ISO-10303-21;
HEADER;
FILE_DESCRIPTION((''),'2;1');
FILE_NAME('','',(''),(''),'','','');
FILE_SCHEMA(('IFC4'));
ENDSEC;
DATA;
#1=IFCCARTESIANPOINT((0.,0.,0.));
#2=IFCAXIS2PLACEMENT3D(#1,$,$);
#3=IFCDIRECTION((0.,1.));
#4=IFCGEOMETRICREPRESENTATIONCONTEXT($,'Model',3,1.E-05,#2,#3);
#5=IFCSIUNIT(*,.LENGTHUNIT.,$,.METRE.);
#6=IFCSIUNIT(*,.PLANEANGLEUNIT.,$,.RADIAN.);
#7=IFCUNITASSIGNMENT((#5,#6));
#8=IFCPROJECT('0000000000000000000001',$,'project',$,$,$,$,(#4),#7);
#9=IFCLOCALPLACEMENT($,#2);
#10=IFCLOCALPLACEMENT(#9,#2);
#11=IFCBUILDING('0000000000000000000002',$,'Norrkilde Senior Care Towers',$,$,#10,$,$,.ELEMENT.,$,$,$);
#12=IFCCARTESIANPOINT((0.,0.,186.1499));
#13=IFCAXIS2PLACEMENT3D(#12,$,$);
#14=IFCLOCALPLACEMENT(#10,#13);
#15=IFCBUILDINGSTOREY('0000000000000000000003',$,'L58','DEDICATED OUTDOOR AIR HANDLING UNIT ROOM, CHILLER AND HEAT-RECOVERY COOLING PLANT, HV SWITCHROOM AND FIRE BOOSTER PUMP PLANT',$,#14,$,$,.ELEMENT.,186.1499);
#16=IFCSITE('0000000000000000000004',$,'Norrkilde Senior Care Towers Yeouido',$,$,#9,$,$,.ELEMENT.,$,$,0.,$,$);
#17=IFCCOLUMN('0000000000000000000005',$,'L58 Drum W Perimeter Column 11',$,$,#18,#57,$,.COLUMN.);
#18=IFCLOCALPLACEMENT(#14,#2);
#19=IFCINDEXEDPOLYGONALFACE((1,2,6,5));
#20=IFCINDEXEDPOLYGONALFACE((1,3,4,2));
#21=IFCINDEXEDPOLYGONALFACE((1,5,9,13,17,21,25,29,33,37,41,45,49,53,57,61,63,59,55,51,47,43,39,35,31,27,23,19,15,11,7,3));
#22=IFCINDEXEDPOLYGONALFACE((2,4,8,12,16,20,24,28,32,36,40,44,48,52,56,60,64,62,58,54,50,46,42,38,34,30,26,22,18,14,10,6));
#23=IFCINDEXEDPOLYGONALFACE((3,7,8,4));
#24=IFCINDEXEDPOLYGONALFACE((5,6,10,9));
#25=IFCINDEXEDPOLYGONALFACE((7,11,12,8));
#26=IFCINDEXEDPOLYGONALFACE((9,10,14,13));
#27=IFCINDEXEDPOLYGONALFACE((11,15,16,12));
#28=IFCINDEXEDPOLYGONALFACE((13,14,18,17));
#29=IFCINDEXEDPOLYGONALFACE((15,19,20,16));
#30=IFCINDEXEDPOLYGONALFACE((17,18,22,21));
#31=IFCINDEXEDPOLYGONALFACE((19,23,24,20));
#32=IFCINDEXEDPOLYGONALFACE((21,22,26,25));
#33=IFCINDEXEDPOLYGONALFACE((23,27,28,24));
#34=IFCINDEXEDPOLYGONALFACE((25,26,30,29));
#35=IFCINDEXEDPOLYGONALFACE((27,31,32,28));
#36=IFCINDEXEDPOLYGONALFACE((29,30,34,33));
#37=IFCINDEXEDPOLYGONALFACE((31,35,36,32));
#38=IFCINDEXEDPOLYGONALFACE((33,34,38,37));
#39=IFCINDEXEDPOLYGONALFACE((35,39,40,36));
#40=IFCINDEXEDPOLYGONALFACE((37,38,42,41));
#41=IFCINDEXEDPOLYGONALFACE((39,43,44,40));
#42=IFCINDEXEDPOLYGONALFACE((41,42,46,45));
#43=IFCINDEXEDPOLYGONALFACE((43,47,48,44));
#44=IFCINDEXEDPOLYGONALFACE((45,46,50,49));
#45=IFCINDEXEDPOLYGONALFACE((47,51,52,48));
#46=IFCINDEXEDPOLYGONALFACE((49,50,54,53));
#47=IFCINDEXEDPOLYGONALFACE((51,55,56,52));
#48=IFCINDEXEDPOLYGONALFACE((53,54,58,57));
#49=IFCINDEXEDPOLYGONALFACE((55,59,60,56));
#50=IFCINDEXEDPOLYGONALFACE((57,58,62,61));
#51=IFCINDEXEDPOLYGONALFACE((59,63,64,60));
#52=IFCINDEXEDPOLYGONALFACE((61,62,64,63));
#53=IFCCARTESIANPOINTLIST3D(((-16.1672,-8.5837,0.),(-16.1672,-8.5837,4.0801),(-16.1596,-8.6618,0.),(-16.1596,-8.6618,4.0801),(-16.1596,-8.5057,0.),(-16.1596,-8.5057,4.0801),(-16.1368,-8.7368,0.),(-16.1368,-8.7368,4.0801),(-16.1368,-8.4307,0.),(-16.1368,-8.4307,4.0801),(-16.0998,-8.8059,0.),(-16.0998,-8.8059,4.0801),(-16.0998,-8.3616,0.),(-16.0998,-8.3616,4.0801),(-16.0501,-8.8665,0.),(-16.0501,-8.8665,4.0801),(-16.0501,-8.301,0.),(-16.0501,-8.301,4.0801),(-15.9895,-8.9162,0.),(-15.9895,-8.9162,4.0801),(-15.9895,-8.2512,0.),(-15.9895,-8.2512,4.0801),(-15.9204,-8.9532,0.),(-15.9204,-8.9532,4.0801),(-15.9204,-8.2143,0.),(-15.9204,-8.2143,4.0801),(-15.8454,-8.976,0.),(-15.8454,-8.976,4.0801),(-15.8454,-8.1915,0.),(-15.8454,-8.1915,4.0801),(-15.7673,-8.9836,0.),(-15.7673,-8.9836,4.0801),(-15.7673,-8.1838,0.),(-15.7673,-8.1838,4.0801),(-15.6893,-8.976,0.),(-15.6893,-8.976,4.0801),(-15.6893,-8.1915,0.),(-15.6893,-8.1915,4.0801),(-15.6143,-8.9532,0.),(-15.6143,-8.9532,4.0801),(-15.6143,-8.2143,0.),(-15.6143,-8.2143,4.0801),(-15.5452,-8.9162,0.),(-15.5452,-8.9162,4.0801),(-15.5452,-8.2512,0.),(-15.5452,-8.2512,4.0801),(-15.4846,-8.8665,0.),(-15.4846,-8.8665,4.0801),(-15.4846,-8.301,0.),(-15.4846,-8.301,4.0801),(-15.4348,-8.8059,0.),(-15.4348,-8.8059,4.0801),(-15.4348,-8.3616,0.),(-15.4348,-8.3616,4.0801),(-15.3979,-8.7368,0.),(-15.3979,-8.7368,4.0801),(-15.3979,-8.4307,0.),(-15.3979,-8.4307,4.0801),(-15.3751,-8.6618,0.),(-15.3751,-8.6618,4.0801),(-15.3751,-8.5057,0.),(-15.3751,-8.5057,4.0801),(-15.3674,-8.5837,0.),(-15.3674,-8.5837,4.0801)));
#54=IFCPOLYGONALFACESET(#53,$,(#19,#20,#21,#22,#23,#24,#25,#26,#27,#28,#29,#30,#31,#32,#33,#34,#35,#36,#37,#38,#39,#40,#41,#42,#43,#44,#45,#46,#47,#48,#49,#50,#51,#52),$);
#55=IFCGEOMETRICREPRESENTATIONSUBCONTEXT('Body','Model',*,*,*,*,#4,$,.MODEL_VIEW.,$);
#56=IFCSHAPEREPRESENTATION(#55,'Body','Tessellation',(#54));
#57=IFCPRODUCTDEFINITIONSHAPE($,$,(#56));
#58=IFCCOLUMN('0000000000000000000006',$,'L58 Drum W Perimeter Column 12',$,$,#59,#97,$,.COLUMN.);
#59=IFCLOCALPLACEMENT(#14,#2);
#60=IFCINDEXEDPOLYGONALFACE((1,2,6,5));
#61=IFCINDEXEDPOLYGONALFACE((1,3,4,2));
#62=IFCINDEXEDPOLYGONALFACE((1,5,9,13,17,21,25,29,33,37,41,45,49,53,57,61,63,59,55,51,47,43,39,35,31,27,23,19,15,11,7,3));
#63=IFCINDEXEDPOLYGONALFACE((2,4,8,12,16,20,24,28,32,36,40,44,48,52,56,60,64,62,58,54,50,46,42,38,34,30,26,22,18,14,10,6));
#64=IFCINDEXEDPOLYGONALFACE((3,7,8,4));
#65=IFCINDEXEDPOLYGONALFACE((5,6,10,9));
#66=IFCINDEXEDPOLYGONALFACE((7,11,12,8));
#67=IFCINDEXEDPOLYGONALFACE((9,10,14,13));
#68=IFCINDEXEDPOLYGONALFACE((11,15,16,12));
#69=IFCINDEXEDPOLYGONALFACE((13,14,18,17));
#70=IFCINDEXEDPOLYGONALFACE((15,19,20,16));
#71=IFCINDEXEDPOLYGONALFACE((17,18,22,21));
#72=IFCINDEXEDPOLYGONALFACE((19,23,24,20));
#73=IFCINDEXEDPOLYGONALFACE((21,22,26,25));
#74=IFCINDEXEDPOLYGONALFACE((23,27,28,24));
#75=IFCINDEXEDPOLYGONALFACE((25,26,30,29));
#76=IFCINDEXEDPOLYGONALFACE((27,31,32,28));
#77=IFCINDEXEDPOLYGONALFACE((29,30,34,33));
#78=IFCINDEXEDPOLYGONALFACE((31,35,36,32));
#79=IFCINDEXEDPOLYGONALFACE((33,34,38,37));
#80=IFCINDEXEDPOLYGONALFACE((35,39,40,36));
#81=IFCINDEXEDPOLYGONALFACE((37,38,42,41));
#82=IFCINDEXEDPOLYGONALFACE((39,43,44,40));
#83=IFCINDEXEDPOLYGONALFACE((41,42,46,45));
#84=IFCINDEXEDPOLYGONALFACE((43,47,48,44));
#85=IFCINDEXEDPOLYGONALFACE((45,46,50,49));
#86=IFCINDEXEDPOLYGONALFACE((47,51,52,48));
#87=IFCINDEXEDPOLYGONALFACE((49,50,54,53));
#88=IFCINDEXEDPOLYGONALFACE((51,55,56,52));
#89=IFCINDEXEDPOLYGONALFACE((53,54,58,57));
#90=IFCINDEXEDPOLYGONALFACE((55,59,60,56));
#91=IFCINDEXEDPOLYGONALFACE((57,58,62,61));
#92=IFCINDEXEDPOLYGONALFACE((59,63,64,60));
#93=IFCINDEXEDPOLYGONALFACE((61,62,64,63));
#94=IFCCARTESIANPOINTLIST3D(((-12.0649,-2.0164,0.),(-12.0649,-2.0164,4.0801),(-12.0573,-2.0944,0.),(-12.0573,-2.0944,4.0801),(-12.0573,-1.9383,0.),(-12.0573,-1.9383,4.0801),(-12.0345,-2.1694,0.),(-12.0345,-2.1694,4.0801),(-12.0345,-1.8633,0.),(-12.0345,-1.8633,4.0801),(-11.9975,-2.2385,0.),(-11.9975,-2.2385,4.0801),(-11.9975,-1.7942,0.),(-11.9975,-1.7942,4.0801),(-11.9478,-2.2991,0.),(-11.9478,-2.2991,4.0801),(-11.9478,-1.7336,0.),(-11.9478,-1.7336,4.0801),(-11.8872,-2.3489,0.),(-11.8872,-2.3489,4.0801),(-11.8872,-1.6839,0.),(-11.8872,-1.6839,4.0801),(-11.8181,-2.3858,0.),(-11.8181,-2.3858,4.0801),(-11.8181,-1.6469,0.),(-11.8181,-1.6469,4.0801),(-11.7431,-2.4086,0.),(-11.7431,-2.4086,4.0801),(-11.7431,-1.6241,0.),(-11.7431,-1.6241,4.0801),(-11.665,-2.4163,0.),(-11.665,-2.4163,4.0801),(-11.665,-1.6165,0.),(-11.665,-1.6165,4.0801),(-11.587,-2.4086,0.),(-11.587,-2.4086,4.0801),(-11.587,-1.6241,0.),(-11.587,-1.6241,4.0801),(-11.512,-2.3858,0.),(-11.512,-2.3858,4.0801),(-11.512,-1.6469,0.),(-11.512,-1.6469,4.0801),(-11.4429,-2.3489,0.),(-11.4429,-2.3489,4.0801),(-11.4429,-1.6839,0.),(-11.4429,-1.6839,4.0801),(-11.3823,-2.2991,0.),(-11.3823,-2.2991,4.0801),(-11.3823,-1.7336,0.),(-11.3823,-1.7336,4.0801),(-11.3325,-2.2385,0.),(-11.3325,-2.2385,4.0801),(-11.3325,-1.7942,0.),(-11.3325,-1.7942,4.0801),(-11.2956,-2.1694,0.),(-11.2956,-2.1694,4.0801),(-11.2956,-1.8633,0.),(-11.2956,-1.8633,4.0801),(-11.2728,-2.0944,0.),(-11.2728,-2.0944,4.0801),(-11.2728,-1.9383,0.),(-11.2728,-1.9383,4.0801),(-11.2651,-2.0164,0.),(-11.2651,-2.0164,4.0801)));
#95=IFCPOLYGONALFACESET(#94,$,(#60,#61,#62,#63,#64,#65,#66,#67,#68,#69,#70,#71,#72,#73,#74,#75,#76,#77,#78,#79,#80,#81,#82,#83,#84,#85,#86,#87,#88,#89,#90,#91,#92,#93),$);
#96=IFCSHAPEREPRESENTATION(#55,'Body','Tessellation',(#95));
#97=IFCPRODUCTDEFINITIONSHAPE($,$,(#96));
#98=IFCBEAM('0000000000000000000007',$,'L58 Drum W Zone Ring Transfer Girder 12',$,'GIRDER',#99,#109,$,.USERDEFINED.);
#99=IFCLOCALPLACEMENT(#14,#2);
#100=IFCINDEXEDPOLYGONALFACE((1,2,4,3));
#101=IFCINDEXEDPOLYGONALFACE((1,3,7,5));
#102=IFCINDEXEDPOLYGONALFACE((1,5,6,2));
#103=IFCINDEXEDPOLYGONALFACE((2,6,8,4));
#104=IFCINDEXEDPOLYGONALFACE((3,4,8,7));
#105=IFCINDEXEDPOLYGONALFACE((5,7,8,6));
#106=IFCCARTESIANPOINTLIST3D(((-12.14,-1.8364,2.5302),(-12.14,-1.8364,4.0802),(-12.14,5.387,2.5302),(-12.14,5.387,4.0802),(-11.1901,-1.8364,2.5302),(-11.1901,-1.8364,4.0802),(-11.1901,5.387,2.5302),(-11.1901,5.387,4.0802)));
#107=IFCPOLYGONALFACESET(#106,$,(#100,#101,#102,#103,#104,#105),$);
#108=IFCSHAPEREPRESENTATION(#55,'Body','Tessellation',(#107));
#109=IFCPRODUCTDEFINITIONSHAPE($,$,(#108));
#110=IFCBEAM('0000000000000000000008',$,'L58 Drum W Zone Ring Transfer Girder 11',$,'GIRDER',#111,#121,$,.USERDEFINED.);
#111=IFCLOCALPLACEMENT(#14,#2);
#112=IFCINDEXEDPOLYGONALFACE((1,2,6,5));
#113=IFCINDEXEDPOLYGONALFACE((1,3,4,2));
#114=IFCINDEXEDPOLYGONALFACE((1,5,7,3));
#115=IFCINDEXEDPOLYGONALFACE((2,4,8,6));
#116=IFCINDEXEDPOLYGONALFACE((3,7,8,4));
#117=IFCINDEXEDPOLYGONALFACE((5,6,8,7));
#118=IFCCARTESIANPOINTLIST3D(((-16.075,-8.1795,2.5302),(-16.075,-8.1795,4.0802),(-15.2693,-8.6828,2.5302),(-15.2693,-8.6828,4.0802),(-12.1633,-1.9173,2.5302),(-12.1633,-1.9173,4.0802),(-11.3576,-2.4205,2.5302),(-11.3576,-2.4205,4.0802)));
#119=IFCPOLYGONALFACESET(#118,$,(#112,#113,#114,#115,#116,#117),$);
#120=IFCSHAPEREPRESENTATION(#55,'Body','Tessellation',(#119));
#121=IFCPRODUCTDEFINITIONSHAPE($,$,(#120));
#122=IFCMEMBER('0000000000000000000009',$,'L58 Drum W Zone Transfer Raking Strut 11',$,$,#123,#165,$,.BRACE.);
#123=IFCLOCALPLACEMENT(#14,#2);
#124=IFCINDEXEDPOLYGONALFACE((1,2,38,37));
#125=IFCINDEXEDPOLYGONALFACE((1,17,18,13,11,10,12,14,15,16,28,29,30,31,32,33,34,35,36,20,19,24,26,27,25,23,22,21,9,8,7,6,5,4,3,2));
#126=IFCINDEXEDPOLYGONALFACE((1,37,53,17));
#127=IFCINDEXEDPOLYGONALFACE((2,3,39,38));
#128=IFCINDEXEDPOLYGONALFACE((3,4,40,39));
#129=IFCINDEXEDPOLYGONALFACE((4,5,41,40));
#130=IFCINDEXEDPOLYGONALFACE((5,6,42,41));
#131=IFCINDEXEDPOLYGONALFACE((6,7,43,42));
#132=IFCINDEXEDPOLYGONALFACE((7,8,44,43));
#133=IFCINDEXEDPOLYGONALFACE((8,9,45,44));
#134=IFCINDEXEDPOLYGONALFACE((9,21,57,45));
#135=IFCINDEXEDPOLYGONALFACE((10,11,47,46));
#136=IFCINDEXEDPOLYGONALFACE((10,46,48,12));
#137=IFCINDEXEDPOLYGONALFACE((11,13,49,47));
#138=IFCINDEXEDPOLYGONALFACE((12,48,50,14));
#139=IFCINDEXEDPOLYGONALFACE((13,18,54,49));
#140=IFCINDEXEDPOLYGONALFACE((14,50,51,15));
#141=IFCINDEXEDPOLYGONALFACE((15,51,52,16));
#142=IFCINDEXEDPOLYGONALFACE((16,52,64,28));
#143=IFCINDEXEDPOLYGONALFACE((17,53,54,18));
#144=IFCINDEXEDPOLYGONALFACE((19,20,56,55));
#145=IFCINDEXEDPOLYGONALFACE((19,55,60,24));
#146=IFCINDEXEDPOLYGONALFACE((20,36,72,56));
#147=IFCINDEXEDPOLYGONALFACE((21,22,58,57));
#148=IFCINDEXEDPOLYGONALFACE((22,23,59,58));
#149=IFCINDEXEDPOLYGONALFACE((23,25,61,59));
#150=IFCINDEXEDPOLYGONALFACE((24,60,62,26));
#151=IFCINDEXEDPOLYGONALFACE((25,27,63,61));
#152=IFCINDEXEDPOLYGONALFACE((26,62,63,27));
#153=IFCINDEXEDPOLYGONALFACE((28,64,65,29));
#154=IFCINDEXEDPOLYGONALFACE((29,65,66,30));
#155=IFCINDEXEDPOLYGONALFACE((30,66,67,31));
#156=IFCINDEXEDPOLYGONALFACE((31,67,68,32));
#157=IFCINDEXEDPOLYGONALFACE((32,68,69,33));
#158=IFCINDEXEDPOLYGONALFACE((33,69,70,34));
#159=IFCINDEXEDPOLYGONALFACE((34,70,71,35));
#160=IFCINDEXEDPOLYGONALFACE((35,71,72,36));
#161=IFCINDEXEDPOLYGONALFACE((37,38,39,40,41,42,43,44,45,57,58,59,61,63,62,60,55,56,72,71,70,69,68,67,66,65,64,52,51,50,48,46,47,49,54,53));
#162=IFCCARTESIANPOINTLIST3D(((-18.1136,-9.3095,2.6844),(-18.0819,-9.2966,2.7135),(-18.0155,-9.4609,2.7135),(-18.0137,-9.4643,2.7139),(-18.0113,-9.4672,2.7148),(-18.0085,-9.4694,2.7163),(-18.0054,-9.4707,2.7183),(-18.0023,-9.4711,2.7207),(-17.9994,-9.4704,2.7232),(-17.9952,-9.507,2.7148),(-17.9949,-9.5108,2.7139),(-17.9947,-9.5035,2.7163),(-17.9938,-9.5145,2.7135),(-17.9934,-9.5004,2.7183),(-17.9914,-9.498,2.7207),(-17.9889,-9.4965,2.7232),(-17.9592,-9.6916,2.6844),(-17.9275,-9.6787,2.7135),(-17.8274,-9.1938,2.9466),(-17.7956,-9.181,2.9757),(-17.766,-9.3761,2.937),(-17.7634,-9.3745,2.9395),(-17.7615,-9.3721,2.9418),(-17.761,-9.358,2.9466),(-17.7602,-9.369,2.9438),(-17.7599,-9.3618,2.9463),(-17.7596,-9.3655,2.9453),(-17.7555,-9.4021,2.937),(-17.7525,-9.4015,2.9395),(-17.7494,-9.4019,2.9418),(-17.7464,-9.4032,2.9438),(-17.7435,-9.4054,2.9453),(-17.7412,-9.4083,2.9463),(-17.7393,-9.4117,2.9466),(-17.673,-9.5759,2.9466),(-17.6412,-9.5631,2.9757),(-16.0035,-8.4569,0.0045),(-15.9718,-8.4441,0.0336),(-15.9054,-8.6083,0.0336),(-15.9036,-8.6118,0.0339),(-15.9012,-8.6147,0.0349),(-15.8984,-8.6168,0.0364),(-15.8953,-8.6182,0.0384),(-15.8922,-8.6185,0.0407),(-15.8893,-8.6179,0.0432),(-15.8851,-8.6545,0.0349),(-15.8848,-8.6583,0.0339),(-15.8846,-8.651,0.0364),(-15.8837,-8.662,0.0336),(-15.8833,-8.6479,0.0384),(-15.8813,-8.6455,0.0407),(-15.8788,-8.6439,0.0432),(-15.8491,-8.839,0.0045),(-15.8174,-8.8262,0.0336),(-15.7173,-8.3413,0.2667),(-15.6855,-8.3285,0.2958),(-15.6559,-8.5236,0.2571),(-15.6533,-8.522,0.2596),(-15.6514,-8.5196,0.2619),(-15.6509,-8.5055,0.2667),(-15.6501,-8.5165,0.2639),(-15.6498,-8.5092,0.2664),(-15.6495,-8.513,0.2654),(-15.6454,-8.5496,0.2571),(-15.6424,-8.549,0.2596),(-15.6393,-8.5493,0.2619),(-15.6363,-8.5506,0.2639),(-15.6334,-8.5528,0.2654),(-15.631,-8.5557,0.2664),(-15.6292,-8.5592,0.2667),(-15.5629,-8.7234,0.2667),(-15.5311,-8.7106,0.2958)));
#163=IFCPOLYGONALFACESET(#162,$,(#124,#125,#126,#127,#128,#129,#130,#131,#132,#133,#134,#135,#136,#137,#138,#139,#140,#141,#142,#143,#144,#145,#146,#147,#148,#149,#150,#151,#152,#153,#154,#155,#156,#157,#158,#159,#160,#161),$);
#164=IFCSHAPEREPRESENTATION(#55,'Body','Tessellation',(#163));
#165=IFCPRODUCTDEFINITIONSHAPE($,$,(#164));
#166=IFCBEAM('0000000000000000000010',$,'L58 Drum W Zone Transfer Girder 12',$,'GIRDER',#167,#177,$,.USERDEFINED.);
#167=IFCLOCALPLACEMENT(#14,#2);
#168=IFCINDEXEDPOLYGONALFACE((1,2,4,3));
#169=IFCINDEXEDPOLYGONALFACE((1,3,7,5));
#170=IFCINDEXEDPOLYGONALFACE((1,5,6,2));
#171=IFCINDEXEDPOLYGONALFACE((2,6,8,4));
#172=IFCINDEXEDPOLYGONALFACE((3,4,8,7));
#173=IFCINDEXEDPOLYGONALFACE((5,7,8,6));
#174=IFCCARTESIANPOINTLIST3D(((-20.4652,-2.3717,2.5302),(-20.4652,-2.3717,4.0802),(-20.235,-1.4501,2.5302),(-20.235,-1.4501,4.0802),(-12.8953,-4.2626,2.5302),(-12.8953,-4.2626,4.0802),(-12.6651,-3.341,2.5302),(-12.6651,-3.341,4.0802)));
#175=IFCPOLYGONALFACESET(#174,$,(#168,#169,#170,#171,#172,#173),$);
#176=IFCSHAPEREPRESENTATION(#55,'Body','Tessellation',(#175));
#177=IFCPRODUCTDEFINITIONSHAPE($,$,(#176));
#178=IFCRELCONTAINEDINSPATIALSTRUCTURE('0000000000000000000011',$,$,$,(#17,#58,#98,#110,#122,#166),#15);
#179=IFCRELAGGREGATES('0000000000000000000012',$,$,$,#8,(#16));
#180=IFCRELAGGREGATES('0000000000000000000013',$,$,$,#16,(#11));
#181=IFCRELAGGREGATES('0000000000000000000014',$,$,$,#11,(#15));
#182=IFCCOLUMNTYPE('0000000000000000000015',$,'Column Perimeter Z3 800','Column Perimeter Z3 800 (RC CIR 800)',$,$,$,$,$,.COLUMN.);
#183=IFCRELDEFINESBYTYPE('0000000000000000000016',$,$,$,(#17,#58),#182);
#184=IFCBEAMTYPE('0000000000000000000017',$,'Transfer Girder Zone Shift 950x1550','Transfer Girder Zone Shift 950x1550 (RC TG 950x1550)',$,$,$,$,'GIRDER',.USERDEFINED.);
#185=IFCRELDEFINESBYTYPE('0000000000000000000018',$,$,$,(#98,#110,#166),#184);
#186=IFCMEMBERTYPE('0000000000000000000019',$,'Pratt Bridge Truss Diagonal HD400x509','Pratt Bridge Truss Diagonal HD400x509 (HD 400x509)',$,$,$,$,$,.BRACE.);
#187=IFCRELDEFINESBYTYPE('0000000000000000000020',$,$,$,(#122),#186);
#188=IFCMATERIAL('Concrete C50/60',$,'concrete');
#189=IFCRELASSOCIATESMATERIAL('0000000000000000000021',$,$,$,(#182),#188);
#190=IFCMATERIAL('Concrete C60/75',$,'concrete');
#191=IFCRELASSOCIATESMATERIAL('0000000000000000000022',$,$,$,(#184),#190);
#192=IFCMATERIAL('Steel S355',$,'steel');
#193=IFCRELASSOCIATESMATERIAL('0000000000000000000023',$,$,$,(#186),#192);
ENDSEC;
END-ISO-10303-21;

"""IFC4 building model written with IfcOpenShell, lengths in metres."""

from ifc_helpers import new_model, si_unit, direction, frame, origin, origin_2d, place, context, subcontext, project, spatial, rectangle, circle, i_section, extrude, source, transform, mapped, material, material_profile, profile_set, type_object, type_shapes, element, save


model = new_model("IFC4")

# Units and contexts
model_context = context("Model", 3, precision=1e-05, world=origin(), true_north=direction((0.0, 1.0)))
body_context = subcontext(model_context, "Body", "Model", "MODEL_VIEW")
ifc_project = project(units=[si_unit("LENGTHUNIT", "METRE"), si_unit("PLANEANGLEUNIT", "RADIAN")], contexts=[model_context])

# Site, building, storey
site_placement = place(None, origin())
site = spatial("IfcSite", under=ifc_project, at=site_placement, Name="Norrkilde Senior Care Towers Yeouido", CompositionType="ELEMENT", RefElevation=0.0)
building_placement = place(site_placement, origin())
building = spatial("IfcBuilding", under=site, at=building_placement, Name="Norrkilde Senior Care Towers", CompositionType="ELEMENT")
storey_placement = place(building_placement, frame((0.0, 0.0, 186.1499)))
storey = spatial("IfcBuildingStorey", under=building, at=storey_placement, Name="L58", Description="DEDICATED OUTDOOR AIR HANDLING UNIT ROOM, CHILLER AND HEAT-RECOVERY COOLING PLANT, HV SWITCHROOM AND FIRE BOOSTER PUMP PLANT", CompositionType="ELEMENT", Elevation=186.1499)

# Columns
ifc_material_1 = material(Name="Concrete C50/60", Category="concrete")
ifc_material_profile_1 = material_profile(ifc_material_1, circle(Radius=0.3999, at=origin_2d()), Name="RC CIR 800")
ifc_profile_set_1 = profile_set([ifc_material_profile_1], Name="Concrete C50/60")
column_type = type_object("IfcColumnType", Name="Column Perimeter Z3 800", Description="Column Perimeter Z3 800 (RC CIR 800)", PredefinedType="COLUMN", material=ifc_profile_set_1)
shared_shape_1 = source(origin(), body_context, "Body", "SweptSolid", [
    extrude(circle(Radius=0.3999, at=origin_2d()), origin(), (0.0, 0.0, 1.0), 4.0801),
])
type_shapes(column_type, [shared_shape_1])
for number, where, z_axis, x_axis, name in (
    (1, (-15.7673, -8.5837, 0.0), (0.0, 0.0, 1.0), (1.0, 0.0, 0.0), "L58 Drum W Perimeter Column 11"),
    (2, (-11.665, -2.0164, 0.0), (0.0, 0.0, 1.0), (1.0, 0.0, 0.0), "L58 Drum W Perimeter Column 12"),
):
    element("IfcColumn", number, at=place(storey_placement, frame(where, z_axis=z_axis, x_axis=x_axis)), inside=storey, type_object=column_type, Name=name, PredefinedType="COLUMN", context=body_context, shape_type="MappedRepresentation", body=[
        mapped(shared_shape_1, transform((0.0, 0.0, 0.0), x_axis=(1.0, 0.0, 0.0), y_axis=(0.0, 1.0, 0.0), z_axis=(0.0, 0.0, 1.0), scale=1.0)),
    ])

# Beams
ifc_material_2 = material(Name="Concrete C60/75", Category="concrete")
ifc_material_profile_2 = material_profile(ifc_material_2, rectangle(XDim=0.95, YDim=1.55, at=origin_2d()), Name="RC TG 950x1550")
ifc_profile_set_2 = profile_set([ifc_material_profile_2], Name="Concrete C60/75")
beam_type = type_object("IfcBeamType", Name="Transfer Girder Zone Shift 950x1550", Description="Transfer Girder Zone Shift 950x1550 (RC TG 950x1550)", ElementType="GIRDER", PredefinedType="USERDEFINED", material=ifc_profile_set_2)
shared_shape_2 = source(origin(), body_context, "Body", "SweptSolid", [
    extrude(rectangle(XDim=0.95, YDim=1.55, at=origin_2d()), origin(), (0.0, 0.0, 1.0), 7.2234),
])
beam_1_placement = place(storey_placement, frame((-11.665, -1.8364, 3.3052), z_axis=(0.0, 1.0, 0.0), x_axis=(-1.0, 0.0, 0.0)))
element("IfcBeam", 3, at=beam_1_placement, inside=storey, type_object=beam_type, Name="L58 Drum W Zone Ring Transfer Girder 12", ObjectType="GIRDER", PredefinedType="USERDEFINED", context=body_context, shape_type="MappedRepresentation", body=[
    mapped(shared_shape_2, transform((0.0, 0.0, 0.0), x_axis=(1.0, 0.0, 0.0), y_axis=(0.0, 1.0, 0.0), z_axis=(0.0, 0.0, 1.0), scale=1.0)),
])
shared_shape_3 = source(origin(), body_context, "Body", "SweptSolid", [
    extrude(rectangle(XDim=0.95, YDim=1.55, at=origin_2d()), origin(), (0.0, 0.0, 1.0), 7.3835),
])
beam_2_placement = place(storey_placement, frame((-15.6721, -8.4312, 3.3052), z_axis=(0.529779, 0.848136, 0.0), x_axis=(-0.848136, 0.529779, 0.0)))
element("IfcBeam", 4, at=beam_2_placement, inside=storey, type_object=beam_type, Name="L58 Drum W Zone Ring Transfer Girder 11", ObjectType="GIRDER", PredefinedType="USERDEFINED", context=body_context, shape_type="MappedRepresentation", body=[
    mapped(shared_shape_3, transform((0.0, 0.0, 0.0), x_axis=(1.0, 0.0, 0.0), y_axis=(0.0, 1.0, 0.0), z_axis=(0.0, 0.0, 1.0), scale=1.0)),
])

# Member
ifc_material_3 = material(Name="Steel S355", Category="steel")
ifc_material_profile_3 = material_profile(ifc_material_3, i_section(OverallWidth=0.4121, OverallDepth=0.45, WebThickness=0.0281, FlangeThickness=0.0449, FilletRadius=0.0149, at=origin_2d()), Name="HD 400x509")
ifc_profile_set_3 = profile_set([ifc_material_profile_3], Name="Steel S355")
member_type_1 = type_object("IfcMemberType", Name="Pratt Bridge Truss Diagonal HD400x509", Description="Pratt Bridge Truss Diagonal HD400x509 (HD 400x509)", PredefinedType="BRACE", material=ifc_profile_set_3)
shared_shape_4 = source(origin(), body_context, "Body", "SweptSolid", [
    extrude(i_section(OverallWidth=0.4121, OverallDepth=0.45, WebThickness=0.0281, FlangeThickness=0.0449, FilletRadius=0.0149, at=origin_2d()), origin(), (0.0, 0.0, 1.0), 3.5159),
])
type_shapes(member_type_1, [shared_shape_4])
member_1_placement = place(storey_placement, frame((-15.7673, -8.5837, 0.1501), z_axis=(-0.600165, -0.242482, 0.762236), x_axis=(0.374607, -0.927184, 0.0)))
element("IfcMember", 5, at=member_1_placement, inside=storey, type_object=member_type_1, Name="L58 Drum W Zone Transfer Raking Strut 11", PredefinedType="BRACE", context=body_context, shape_type="MappedRepresentation", body=[
    mapped(shared_shape_4, transform((0.0, 0.0, 0.0), x_axis=(1.0, 0.0, 0.0), y_axis=(0.0, 1.0, 0.0), z_axis=(0.0, 0.0, 1.0), scale=1.0)),
])

# Beam
shared_shape_5 = source(origin(), body_context, "Body", "SweptSolid", [
    extrude(rectangle(XDim=0.95, YDim=1.55, at=origin_2d()), origin(), (0.0, 0.0, 1.0), 7.8025),
])
beam_3_placement = place(storey_placement, frame((-20.3501, -1.9109, 3.3052), z_axis=(0.97019, -0.242344, 0.0), x_axis=(0.242344, 0.97019, 0.0)))
element("IfcBeam", 6, at=beam_3_placement, inside=storey, type_object=beam_type, Name="L58 Drum W Zone Transfer Girder 12", ObjectType="GIRDER", PredefinedType="USERDEFINED", context=body_context, shape_type="MappedRepresentation", body=[
    mapped(shared_shape_5, transform((0.0, 0.0, 0.0), x_axis=(1.0, 0.0, 0.0), y_axis=(0.0, 1.0, 0.0), z_axis=(0.0, 0.0, 1.0), scale=1.0)),
])

save(model, "model.ifc")
